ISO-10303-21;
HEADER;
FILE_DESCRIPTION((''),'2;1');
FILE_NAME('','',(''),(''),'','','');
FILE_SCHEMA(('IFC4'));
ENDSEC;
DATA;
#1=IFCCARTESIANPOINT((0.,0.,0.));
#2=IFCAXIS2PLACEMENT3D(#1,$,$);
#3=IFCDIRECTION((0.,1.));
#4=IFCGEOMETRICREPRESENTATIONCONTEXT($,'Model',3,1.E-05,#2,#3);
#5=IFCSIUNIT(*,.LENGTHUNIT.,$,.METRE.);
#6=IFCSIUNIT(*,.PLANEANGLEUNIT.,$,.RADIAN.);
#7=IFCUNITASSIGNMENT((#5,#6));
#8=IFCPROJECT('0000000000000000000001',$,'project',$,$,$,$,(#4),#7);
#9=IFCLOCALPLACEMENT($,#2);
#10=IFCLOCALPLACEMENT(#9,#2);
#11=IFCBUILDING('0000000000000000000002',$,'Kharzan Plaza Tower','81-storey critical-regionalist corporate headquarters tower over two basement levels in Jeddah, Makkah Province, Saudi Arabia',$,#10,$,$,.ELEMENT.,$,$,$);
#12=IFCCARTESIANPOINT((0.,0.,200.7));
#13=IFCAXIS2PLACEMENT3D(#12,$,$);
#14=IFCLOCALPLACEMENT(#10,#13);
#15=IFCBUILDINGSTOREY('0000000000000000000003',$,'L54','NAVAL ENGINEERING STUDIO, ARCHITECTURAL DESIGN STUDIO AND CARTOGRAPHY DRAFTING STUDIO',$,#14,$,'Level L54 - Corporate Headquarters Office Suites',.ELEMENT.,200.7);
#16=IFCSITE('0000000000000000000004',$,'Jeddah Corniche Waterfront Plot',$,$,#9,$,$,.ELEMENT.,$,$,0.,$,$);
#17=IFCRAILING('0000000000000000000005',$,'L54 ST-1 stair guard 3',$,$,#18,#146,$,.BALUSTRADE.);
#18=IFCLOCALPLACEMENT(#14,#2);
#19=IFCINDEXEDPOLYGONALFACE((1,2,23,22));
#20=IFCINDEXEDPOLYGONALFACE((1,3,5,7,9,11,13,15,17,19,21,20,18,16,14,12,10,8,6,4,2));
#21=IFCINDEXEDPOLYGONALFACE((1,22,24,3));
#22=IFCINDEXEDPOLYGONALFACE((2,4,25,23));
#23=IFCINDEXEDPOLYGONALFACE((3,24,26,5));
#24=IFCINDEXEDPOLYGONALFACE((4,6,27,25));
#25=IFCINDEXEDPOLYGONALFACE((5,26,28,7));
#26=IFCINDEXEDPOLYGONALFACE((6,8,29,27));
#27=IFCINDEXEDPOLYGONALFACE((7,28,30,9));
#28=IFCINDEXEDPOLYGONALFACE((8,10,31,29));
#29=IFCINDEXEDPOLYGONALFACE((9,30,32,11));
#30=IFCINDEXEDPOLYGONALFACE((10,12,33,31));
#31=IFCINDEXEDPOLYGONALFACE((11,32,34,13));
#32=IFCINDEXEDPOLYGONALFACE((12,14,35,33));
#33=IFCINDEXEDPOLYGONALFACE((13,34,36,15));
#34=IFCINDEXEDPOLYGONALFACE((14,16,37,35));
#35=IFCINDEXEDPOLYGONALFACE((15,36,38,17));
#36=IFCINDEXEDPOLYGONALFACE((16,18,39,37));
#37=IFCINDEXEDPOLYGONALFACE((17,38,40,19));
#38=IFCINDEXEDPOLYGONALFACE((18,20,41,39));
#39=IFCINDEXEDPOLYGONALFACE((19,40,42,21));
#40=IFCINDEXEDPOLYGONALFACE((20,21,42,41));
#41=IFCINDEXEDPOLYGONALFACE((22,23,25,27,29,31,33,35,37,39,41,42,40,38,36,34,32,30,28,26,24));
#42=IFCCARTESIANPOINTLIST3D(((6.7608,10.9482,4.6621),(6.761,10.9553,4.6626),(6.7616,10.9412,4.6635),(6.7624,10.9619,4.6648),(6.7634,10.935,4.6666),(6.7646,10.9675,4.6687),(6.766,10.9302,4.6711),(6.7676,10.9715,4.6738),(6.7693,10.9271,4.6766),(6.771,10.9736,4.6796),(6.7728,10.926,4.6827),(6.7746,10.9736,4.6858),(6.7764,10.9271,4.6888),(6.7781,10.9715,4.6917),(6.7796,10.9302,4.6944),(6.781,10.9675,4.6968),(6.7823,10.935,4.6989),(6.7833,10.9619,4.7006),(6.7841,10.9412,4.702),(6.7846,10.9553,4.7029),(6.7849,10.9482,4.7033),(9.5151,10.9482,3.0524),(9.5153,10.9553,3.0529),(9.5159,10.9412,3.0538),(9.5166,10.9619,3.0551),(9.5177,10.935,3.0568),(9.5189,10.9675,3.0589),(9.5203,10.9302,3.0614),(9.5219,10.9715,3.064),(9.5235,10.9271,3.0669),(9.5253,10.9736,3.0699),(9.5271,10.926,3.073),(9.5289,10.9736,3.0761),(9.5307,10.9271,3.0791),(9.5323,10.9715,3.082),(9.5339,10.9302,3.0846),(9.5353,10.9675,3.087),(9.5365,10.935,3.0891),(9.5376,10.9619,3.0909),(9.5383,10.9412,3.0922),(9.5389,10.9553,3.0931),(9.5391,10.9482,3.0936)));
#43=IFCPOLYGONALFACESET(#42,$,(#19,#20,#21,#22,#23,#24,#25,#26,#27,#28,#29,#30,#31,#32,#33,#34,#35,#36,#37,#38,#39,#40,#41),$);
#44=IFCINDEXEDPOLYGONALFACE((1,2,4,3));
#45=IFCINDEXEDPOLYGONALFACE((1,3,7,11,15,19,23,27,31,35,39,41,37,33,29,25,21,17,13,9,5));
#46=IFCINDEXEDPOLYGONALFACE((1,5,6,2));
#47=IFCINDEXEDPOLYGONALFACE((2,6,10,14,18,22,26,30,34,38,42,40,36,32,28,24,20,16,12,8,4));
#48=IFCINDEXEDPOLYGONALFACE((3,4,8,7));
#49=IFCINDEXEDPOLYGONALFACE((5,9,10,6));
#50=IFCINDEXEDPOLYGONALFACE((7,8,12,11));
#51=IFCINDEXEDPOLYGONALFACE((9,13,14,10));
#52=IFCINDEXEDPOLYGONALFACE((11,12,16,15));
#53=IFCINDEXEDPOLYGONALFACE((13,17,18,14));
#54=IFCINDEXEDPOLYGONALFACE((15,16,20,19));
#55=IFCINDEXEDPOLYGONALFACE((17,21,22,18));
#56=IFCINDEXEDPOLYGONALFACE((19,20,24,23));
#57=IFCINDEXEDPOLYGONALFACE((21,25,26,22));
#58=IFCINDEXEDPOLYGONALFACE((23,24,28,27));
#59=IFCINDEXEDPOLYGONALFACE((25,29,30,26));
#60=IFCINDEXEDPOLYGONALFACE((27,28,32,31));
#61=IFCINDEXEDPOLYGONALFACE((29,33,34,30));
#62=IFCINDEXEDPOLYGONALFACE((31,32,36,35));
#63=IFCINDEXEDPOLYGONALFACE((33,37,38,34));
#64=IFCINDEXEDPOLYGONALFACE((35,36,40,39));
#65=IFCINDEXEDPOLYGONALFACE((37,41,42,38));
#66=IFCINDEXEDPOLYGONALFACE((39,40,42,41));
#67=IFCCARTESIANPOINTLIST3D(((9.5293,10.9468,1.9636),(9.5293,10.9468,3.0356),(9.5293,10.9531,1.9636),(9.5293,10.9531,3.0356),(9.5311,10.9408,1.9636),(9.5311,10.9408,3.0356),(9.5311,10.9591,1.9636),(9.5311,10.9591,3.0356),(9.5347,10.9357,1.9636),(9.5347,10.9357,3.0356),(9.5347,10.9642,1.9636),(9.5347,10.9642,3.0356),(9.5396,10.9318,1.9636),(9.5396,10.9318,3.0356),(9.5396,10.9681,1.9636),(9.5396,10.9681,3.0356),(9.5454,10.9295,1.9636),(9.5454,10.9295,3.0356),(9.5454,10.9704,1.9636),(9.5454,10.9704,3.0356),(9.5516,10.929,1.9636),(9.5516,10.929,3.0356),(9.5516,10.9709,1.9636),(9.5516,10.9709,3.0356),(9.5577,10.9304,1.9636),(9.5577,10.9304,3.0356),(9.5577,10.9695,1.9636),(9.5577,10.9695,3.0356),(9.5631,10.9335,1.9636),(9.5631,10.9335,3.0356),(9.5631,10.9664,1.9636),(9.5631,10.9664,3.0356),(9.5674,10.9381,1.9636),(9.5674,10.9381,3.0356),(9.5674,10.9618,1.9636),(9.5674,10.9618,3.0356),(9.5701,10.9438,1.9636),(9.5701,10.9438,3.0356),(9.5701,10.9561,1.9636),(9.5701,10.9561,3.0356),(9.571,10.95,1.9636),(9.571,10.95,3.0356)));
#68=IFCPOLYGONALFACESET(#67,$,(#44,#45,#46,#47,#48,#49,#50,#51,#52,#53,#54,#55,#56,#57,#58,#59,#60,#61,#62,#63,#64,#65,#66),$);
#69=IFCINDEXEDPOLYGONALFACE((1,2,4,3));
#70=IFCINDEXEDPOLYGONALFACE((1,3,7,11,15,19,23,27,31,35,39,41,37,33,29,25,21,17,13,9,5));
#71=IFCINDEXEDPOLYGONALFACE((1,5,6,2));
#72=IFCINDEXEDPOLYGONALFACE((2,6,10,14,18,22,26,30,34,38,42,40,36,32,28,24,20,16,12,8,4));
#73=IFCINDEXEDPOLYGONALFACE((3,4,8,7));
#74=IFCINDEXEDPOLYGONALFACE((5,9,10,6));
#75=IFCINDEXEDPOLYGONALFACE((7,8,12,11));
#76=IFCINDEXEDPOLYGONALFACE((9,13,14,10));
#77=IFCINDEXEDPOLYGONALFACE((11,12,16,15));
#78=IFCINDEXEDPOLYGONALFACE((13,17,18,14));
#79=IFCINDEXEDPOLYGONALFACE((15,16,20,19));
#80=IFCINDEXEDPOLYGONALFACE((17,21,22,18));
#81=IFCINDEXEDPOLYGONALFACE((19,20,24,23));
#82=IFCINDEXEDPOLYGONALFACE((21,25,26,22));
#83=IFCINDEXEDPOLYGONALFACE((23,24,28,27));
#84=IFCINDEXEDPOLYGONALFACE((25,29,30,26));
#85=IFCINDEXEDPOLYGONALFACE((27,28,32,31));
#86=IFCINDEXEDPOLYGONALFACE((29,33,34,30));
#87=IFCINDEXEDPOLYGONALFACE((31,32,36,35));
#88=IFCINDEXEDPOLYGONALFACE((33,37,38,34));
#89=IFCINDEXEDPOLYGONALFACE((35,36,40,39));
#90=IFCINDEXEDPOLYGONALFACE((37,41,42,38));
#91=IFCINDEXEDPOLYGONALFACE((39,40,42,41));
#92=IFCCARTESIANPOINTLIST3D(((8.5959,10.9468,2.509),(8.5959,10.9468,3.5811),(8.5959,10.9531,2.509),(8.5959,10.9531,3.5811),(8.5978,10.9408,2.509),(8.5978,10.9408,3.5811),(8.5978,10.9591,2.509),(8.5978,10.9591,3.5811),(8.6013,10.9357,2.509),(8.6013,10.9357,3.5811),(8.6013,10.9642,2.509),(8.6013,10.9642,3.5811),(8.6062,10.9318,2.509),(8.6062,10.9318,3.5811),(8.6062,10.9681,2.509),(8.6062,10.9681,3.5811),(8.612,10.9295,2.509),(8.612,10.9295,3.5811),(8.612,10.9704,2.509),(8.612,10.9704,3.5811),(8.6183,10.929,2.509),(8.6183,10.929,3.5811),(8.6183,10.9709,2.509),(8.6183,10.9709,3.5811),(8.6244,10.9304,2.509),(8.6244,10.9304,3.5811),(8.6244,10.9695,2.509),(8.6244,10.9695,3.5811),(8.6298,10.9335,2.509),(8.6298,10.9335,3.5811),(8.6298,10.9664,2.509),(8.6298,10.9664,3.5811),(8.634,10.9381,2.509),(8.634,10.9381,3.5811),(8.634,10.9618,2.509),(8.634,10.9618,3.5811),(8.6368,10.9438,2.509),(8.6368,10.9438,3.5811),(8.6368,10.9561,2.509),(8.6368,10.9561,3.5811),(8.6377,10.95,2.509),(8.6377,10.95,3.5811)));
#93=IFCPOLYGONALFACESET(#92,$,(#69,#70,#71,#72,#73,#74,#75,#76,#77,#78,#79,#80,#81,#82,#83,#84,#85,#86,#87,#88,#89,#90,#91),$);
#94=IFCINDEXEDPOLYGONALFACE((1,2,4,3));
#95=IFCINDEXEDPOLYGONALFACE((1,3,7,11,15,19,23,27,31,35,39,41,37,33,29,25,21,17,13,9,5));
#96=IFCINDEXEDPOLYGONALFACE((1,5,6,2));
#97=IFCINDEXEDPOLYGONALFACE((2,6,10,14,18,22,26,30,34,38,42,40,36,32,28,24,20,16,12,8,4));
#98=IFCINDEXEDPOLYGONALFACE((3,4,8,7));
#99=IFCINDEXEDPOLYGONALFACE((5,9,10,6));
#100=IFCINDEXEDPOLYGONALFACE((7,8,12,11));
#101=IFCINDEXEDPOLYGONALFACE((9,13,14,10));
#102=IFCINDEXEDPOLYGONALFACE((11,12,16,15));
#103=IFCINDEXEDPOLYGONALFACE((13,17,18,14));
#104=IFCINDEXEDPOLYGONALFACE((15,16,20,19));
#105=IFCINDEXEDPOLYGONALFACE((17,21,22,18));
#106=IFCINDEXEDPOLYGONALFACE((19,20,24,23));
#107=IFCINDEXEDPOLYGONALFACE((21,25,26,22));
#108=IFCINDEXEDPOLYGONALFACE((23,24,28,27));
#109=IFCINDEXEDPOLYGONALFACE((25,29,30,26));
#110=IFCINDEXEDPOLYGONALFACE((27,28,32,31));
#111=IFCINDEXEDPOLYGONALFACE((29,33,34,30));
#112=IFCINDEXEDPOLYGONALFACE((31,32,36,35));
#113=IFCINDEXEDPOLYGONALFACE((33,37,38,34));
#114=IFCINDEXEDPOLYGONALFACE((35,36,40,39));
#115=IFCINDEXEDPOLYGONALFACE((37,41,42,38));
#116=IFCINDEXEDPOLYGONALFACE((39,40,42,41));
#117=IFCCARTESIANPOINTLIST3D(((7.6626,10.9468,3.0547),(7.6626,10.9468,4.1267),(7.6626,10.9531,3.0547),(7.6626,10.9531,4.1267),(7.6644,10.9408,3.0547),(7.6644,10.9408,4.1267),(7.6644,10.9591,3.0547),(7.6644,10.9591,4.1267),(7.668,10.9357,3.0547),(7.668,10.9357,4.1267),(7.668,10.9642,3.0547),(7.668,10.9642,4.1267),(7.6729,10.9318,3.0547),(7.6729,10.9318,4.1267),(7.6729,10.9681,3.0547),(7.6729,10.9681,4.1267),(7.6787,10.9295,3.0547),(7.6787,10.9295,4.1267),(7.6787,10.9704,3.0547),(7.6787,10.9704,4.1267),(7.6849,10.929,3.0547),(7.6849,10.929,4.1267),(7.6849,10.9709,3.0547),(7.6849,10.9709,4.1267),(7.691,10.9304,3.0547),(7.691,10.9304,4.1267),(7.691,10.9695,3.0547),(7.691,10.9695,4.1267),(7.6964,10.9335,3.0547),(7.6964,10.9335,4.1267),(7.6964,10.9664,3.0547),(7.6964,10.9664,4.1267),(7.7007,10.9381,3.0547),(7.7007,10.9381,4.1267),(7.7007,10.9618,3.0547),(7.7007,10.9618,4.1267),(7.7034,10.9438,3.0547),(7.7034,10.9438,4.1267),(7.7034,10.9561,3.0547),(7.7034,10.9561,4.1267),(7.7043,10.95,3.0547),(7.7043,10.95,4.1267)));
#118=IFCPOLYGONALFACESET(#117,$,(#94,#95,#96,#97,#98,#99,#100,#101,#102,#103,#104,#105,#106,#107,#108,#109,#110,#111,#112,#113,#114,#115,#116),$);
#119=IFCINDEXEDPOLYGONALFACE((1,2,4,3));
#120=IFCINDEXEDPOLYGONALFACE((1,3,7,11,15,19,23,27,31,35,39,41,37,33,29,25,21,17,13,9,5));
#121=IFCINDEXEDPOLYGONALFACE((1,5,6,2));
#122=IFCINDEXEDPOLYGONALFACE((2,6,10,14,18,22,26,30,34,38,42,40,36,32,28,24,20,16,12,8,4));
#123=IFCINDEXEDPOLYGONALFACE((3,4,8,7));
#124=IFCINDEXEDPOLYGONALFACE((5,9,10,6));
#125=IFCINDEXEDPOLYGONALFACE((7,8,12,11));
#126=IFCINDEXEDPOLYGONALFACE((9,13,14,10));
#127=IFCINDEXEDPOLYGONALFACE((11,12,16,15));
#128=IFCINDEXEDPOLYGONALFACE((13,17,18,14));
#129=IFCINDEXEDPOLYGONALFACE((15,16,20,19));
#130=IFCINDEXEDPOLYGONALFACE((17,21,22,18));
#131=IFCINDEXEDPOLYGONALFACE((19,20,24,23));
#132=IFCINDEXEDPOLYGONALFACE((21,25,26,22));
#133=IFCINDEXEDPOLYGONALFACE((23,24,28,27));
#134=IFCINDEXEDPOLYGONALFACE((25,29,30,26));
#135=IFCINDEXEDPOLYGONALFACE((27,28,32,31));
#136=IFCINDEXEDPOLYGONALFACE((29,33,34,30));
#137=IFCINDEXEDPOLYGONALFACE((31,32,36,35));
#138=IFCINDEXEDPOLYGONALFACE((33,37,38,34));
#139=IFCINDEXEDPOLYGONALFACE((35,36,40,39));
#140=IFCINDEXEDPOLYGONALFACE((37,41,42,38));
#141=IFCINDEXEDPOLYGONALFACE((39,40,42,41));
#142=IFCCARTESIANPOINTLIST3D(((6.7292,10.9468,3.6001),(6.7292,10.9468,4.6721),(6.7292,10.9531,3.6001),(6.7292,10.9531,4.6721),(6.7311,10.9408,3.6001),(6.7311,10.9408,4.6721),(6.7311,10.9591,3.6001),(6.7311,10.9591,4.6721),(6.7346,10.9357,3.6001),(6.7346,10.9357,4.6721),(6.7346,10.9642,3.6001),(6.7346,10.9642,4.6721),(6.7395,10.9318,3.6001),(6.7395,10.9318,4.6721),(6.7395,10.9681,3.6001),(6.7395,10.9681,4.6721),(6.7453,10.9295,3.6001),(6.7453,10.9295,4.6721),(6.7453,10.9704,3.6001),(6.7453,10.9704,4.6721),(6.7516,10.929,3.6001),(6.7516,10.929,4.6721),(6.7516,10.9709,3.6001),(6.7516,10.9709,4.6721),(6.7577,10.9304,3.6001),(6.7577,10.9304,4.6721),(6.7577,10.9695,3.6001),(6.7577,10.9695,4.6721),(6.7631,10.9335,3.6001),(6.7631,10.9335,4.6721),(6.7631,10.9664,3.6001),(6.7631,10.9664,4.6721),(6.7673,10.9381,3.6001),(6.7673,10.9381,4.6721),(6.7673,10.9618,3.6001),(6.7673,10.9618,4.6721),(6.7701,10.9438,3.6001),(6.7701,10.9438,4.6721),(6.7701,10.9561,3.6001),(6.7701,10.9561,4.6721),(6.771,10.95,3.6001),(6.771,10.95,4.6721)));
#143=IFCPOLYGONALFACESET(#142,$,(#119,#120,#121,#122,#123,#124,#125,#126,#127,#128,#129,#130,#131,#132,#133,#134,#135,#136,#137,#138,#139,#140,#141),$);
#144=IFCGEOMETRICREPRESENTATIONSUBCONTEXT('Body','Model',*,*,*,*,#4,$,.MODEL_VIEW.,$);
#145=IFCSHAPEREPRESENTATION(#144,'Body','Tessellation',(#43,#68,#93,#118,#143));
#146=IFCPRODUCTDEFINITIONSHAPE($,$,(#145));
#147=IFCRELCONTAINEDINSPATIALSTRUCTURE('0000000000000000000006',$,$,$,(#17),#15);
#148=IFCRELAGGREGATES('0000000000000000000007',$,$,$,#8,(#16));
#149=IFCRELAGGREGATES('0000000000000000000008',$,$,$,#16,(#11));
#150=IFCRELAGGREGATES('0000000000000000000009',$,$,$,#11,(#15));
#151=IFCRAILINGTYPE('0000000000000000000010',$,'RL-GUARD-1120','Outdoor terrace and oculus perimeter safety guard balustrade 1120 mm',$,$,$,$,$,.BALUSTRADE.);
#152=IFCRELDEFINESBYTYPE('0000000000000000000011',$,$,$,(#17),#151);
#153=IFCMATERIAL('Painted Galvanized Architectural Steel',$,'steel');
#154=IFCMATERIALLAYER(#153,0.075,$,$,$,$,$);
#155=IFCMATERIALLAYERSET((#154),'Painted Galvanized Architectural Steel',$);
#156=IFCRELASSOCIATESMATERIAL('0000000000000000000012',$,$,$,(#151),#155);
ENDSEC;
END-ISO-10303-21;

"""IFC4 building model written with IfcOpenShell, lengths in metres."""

from ifc_helpers import new_model, si_unit, direction, frame, origin, origin_2d, place, context, subcontext, project, spatial, circle, extrude, source, transform, mapped, material, layer, layer_set, type_object, element, save


model = new_model("IFC4")

# Units and contexts
model_context = context("Model", 3, precision=1e-05, world=origin(), true_north=direction((0.0, 1.0)))
body_context = subcontext(model_context, "Body", "Model", "MODEL_VIEW")
ifc_project = project(units=[si_unit("LENGTHUNIT", "METRE"), si_unit("PLANEANGLEUNIT", "RADIAN")], contexts=[model_context])

# Site, building, storey
site_placement = place(None, origin())
site = spatial("IfcSite", under=ifc_project, at=site_placement, Name="Jeddah Corniche Waterfront Plot", CompositionType="ELEMENT", RefElevation=0.0)
building_placement = place(site_placement, origin())
building = spatial("IfcBuilding", under=site, at=building_placement, Name="Kharzan Plaza Tower", Description="81-storey critical-regionalist corporate headquarters tower over two basement levels in Jeddah, Makkah Province, Saudi Arabia", CompositionType="ELEMENT")
storey_placement = place(building_placement, frame((0.0, 0.0, 200.7)))
storey = spatial("IfcBuildingStorey", under=building, at=storey_placement, Name="L54", Description="NAVAL ENGINEERING STUDIO, ARCHITECTURAL DESIGN STUDIO AND CARTOGRAPHY DRAFTING STUDIO", LongName="Level L54 - Corporate Headquarters Office Suites", CompositionType="ELEMENT", Elevation=200.7)

# Railing
ifc_material_1 = material(Name="Painted Galvanized Architectural Steel", Category="steel")
ifc_layer_1 = layer(ifc_material_1, 0.075)
ifc_layer_set_1 = layer_set([ifc_layer_1], Name="Painted Galvanized Architectural Steel")
railing_type_1 = type_object("IfcRailingType", Name="RL-GUARD-1120", Description="Outdoor terrace and oculus perimeter safety guard balustrade 1120 mm", PredefinedType="BALUSTRADE", material=ifc_layer_set_1)
shared_shape_1 = source(origin(), body_context, "Body", "SweptSolid", [
    extrude(circle(Radius=0.0239, at=origin_2d()), frame((-0.0229, 0.0, 1.1094), z_axis=(-0.863361, 0.0, 0.504587), x_axis=(0.0, -1.0, 0.0)), (0.0, 0.0, 1.0), 3.1902),
    extrude(circle(Radius=0.021, at=origin_2d()), origin(), (0.0, 0.0, 1.0), 1.072),
    extrude(circle(Radius=0.021, at=origin_2d()), frame((-0.9333, 0.0, 0.5454)), (0.0, 0.0, 1.0), 1.072),
    extrude(circle(Radius=0.021, at=origin_2d()), frame((-1.8667, 0.0, 1.0911)), (0.0, 0.0, 1.0), 1.072),
    extrude(circle(Radius=0.021, at=origin_2d()), frame((-2.8, 0.0, 1.6365)), (0.0, 0.0, 1.0), 1.072),
])
railing_1_placement = place(storey_placement, frame((9.55, 10.95, 1.9636)))
element("IfcRailing", 1, at=railing_1_placement, inside=storey, type_object=railing_type_1, Name="L54 ST-1 stair guard 3", PredefinedType="BALUSTRADE", context=body_context, shape_type="MappedRepresentation", body=[
    mapped(shared_shape_1, transform((0.0, 0.0, 0.0), x_axis=(1.0, 0.0, 0.0), y_axis=(0.0, 1.0, 0.0), z_axis=(0.0, 0.0, 1.0))),
])

save(model, "model.ifc")
